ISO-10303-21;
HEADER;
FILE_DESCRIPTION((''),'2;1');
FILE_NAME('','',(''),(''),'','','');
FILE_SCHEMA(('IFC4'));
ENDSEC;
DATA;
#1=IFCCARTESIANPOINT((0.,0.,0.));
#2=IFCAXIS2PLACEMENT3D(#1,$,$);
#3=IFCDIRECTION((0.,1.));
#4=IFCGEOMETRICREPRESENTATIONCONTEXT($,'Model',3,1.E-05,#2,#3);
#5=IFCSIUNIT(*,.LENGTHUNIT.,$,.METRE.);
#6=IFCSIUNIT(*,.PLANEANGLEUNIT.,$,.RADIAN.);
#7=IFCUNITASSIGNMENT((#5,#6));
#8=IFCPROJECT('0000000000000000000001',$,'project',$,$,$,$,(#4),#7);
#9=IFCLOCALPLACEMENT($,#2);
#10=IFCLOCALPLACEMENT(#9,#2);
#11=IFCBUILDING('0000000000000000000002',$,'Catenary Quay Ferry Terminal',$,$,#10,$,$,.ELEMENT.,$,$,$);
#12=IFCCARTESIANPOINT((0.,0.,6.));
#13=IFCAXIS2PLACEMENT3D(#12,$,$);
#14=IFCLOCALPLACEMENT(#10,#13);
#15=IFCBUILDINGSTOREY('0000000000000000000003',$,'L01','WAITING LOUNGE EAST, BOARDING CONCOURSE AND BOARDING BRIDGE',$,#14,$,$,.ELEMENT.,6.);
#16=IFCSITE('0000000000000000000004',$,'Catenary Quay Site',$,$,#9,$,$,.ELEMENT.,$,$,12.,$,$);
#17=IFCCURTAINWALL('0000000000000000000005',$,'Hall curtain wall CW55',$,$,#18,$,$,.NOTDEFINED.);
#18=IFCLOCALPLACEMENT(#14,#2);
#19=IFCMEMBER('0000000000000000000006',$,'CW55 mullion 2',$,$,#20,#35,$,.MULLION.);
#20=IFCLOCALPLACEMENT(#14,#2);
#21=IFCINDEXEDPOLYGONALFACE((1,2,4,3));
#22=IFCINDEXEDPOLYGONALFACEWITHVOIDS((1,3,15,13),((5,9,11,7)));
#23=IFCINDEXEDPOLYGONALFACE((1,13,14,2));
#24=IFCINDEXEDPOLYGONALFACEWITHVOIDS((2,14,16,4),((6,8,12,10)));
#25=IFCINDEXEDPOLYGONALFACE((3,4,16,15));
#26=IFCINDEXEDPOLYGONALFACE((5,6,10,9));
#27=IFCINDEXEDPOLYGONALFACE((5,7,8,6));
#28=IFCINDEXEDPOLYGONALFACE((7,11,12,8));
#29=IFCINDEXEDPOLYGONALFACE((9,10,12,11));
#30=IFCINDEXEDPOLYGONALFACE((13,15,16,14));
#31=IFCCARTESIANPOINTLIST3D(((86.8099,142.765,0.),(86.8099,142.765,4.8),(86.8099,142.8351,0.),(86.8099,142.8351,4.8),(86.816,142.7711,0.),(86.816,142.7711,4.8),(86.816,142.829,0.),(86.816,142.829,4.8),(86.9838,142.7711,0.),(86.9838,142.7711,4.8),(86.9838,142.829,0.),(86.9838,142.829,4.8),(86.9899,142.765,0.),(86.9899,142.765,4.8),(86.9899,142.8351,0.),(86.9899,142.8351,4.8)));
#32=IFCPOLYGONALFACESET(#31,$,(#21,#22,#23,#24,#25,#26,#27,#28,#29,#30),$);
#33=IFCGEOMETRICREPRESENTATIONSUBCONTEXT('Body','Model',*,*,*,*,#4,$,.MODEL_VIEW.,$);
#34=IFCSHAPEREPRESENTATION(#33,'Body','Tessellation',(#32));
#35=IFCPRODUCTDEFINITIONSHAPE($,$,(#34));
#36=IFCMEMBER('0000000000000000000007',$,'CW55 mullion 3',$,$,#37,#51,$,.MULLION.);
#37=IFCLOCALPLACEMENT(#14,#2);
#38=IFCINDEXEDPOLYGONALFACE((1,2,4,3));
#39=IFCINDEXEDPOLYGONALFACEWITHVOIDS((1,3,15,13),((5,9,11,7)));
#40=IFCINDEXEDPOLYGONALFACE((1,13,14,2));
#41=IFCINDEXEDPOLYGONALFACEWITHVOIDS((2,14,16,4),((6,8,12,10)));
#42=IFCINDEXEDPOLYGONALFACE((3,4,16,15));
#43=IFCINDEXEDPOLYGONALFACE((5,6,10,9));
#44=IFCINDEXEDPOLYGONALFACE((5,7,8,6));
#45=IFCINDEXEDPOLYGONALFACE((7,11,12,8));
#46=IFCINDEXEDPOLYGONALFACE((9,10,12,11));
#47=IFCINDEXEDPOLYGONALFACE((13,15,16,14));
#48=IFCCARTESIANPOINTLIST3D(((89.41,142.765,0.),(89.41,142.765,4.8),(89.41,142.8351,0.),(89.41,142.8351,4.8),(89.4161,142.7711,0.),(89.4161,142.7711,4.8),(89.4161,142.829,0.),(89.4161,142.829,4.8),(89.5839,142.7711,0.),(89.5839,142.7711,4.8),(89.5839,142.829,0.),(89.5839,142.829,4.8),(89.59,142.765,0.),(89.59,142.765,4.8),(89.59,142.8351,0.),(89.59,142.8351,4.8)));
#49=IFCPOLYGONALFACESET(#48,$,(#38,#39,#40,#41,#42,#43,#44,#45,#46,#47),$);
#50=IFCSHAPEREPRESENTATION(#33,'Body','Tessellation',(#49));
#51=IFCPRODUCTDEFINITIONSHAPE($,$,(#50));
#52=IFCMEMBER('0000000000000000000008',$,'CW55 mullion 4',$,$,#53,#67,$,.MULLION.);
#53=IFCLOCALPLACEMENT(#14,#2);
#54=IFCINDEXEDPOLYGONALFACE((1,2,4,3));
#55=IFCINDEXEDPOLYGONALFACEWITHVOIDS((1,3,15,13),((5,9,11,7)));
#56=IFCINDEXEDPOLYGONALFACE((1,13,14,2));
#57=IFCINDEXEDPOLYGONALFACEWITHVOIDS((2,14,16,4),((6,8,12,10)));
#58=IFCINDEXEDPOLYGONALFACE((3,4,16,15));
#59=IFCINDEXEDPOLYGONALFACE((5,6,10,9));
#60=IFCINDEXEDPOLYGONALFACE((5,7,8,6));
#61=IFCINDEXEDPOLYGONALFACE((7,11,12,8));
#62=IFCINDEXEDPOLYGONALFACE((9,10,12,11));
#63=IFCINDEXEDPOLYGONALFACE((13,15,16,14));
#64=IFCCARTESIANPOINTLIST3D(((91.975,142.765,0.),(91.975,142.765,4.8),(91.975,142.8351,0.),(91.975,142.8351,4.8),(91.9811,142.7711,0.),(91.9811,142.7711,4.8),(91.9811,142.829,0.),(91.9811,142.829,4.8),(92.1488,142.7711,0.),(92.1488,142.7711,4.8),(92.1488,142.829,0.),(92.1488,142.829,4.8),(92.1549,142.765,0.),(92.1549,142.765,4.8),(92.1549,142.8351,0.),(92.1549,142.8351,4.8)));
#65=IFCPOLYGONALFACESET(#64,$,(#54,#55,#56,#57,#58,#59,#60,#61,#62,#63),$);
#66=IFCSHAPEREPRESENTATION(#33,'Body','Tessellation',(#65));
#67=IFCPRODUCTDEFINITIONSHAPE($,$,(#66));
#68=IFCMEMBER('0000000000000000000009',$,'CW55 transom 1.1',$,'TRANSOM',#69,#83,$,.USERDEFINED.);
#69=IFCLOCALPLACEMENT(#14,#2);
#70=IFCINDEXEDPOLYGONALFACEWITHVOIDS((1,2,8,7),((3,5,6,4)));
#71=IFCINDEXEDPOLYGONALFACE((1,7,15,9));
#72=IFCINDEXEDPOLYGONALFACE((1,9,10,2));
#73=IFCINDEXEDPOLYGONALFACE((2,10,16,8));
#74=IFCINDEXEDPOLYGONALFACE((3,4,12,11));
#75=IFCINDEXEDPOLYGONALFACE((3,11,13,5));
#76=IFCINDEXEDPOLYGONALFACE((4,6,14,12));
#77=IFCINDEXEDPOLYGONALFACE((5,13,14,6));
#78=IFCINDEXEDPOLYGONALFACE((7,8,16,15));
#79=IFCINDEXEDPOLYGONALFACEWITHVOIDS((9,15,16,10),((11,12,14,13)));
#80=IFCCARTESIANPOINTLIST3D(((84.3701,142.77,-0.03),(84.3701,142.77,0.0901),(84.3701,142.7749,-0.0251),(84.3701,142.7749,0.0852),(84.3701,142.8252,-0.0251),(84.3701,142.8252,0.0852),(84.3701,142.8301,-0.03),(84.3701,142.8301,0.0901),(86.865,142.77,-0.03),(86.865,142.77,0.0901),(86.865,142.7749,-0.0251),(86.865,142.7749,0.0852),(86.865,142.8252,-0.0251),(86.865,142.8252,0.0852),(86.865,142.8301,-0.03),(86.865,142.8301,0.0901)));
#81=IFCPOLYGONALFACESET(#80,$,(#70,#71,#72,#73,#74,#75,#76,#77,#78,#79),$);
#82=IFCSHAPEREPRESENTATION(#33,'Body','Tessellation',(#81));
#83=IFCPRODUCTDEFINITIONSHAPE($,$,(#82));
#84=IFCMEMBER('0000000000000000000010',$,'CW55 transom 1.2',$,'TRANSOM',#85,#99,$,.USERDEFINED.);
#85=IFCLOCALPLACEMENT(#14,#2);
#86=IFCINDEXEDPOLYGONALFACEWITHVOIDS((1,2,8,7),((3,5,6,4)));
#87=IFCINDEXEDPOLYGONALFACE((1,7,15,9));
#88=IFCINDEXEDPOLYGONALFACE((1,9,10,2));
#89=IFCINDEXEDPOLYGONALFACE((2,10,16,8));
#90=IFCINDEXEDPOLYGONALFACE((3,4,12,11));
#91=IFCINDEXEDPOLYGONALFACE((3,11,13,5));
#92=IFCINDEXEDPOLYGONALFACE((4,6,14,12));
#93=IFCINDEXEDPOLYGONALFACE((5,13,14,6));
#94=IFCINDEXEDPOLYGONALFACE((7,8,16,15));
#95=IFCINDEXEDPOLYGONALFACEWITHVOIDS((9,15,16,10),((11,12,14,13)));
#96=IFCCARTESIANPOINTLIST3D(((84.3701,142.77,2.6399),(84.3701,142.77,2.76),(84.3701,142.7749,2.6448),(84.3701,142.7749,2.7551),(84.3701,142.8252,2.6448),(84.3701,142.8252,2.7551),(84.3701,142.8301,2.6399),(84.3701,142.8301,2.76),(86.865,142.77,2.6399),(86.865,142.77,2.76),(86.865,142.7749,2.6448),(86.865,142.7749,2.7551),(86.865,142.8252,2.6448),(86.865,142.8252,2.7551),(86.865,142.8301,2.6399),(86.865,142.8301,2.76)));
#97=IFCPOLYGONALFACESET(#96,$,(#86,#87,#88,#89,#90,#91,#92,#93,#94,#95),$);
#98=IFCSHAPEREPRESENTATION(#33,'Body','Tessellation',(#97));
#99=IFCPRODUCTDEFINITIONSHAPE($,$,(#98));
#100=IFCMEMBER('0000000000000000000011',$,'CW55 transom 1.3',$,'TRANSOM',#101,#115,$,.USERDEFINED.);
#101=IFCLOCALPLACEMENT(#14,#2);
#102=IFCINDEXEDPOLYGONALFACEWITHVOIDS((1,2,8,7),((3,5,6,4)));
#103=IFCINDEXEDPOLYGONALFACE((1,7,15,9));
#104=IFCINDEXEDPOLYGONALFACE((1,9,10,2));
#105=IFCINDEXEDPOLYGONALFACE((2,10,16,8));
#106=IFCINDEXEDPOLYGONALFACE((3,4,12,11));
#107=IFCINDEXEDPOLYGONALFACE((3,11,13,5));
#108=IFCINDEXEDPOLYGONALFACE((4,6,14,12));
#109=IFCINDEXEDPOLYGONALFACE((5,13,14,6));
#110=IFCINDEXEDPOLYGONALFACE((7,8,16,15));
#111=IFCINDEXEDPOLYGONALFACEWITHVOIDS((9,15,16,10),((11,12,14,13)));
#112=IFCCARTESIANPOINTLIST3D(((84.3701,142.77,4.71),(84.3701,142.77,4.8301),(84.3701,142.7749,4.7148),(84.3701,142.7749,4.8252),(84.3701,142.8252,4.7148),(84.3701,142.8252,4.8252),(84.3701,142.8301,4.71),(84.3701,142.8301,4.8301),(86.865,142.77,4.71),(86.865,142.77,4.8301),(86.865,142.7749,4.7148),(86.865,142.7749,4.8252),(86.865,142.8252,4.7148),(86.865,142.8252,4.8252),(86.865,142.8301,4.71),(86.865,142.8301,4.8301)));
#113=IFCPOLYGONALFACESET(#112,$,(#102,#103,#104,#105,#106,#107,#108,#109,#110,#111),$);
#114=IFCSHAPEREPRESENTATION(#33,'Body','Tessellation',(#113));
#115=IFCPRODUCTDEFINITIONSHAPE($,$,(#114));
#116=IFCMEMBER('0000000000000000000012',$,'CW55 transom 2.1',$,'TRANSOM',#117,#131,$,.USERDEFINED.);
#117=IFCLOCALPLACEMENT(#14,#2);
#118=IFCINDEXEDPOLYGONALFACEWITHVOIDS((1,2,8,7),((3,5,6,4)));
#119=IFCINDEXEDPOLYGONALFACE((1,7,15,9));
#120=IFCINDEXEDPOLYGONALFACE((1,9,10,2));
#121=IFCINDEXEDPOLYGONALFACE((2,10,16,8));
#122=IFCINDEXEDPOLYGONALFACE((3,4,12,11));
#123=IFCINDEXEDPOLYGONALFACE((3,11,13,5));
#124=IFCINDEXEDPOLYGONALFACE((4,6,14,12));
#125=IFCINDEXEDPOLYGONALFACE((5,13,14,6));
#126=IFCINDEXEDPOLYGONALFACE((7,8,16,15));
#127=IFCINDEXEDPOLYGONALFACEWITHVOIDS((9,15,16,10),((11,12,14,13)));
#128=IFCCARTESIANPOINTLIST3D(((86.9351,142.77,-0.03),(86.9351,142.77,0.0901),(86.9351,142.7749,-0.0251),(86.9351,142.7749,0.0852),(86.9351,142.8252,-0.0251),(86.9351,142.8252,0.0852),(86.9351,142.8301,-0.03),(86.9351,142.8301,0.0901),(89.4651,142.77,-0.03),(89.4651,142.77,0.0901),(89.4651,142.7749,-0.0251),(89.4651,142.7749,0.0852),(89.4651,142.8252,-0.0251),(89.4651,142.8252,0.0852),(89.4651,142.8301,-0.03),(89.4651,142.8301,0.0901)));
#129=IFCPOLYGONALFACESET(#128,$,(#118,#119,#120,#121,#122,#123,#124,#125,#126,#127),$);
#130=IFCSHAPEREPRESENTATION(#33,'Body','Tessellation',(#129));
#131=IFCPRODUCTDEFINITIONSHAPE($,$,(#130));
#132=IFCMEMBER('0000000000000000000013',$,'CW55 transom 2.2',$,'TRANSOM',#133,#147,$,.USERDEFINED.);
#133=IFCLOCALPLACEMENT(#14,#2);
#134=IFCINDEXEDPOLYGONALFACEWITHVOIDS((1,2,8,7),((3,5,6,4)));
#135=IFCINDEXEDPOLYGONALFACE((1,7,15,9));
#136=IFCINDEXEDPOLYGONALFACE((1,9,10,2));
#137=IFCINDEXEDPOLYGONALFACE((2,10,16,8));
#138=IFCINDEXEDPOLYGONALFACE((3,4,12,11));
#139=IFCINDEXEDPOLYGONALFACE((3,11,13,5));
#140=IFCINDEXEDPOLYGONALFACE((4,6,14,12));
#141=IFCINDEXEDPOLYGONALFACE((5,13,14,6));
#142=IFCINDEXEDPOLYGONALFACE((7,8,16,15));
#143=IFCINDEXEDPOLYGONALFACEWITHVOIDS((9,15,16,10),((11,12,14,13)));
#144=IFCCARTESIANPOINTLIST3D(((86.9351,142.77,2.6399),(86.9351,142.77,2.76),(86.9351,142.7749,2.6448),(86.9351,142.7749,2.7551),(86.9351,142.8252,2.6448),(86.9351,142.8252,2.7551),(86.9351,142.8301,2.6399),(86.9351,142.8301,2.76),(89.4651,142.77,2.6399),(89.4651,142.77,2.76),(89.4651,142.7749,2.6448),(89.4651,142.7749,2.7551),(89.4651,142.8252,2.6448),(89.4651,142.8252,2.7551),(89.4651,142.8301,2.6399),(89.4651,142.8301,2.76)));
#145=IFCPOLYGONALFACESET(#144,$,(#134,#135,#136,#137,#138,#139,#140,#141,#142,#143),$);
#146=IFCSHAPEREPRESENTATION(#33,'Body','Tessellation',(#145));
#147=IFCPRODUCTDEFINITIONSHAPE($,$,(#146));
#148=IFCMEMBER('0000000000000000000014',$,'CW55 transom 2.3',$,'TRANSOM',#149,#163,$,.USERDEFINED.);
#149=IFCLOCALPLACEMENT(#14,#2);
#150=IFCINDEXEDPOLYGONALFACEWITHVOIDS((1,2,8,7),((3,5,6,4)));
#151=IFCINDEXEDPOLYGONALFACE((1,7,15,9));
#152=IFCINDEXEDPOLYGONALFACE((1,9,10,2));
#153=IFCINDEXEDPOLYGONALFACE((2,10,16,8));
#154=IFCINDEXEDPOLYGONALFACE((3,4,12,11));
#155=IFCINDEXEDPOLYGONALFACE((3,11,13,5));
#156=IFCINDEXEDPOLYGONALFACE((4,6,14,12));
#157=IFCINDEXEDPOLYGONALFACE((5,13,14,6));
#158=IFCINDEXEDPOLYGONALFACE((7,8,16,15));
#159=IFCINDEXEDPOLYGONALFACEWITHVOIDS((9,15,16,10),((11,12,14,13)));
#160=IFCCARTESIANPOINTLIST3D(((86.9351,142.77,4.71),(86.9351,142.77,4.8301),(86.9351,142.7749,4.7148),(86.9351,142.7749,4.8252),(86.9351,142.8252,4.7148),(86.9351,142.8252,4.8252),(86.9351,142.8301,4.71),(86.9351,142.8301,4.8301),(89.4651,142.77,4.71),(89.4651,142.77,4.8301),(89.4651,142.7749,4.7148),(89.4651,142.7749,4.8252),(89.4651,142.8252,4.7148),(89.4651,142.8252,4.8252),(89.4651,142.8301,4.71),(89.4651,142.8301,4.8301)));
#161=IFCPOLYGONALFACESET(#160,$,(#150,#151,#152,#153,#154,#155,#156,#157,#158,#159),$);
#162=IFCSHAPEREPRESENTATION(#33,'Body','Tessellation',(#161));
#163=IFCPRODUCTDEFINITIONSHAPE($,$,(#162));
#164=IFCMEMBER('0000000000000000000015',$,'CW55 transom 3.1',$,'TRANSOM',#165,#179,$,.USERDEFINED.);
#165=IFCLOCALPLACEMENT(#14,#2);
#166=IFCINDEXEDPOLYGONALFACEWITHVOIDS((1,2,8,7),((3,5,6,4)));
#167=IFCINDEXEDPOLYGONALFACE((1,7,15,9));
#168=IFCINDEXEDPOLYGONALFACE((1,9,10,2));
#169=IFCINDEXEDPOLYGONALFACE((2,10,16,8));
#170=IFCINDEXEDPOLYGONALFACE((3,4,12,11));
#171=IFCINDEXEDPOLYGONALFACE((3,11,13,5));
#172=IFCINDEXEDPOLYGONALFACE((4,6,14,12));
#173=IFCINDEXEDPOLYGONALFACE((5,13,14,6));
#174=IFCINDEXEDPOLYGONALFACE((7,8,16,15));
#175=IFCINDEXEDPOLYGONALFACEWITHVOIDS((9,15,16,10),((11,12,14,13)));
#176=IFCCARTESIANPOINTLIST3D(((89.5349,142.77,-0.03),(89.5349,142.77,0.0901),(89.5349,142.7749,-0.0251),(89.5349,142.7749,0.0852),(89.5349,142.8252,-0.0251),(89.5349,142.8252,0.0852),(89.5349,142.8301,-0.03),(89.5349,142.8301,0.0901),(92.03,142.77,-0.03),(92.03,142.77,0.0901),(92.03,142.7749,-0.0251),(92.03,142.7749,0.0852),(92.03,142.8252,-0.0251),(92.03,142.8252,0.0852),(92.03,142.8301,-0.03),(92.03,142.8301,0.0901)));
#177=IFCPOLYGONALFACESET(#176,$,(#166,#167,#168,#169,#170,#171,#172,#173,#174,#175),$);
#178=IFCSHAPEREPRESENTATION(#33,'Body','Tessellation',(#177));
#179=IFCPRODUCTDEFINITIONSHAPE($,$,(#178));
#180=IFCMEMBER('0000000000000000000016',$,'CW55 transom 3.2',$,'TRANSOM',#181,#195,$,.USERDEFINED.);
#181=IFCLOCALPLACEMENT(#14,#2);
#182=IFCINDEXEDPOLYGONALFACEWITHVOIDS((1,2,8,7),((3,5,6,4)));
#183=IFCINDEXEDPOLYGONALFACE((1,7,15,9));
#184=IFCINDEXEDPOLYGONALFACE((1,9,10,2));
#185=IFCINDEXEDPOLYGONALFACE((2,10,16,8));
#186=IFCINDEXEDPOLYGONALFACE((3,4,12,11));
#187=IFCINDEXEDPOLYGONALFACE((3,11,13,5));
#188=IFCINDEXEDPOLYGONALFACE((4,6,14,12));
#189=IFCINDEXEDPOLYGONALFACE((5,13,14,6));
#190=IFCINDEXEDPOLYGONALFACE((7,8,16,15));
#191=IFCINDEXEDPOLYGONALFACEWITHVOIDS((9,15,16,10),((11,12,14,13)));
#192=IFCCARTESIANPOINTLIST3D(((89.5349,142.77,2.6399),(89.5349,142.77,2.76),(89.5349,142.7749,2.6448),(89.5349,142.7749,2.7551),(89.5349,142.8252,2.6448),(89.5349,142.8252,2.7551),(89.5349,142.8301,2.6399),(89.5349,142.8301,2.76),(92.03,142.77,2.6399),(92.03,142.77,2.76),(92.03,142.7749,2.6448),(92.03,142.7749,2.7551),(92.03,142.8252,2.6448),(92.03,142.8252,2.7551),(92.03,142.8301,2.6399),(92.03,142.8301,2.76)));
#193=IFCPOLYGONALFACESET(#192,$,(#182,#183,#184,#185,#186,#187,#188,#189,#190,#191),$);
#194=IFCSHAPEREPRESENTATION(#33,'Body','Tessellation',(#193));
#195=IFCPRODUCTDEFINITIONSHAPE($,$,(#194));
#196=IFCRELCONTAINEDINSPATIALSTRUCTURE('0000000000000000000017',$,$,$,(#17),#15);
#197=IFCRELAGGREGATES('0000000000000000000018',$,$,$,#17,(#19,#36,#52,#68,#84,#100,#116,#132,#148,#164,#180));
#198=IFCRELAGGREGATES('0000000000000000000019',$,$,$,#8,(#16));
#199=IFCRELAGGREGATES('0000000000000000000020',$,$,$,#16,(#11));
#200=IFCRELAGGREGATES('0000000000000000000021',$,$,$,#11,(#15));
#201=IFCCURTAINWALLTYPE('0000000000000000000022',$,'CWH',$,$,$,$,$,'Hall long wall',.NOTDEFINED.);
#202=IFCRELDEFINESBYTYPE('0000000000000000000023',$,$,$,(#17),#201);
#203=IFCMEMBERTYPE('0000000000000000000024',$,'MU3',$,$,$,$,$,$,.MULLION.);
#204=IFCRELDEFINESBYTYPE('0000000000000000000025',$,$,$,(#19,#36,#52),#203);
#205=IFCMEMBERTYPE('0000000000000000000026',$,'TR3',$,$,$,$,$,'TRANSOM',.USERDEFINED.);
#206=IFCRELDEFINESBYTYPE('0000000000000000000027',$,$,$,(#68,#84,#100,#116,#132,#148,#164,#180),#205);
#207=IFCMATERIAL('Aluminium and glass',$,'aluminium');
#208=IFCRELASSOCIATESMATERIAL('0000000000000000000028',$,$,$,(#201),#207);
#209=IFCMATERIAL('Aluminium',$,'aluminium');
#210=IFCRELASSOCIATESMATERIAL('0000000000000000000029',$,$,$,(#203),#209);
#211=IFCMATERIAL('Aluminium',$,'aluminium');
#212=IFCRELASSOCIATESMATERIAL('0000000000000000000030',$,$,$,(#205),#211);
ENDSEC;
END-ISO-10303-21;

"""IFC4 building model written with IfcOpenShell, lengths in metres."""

from ifc_helpers import new_model, si_unit, direction, frame, origin, origin_2d, place, context, subcontext, project, spatial, hollow_rectangle, extrude, material, material_profile, profile_set, type_object, element, aggregate, save


model = new_model("IFC4")

# Units and contexts
model_context = context("Model", 3, precision=1e-05, world=origin(), true_north=direction((0.0, 1.0)))
body_context = subcontext(model_context, "Body", "Model", "MODEL_VIEW")
ifc_project = project(units=[si_unit("LENGTHUNIT", "METRE"), si_unit("PLANEANGLEUNIT", "RADIAN")], contexts=[model_context])

# Site, building, storey
site_placement = place(None, origin())
site = spatial("IfcSite", under=ifc_project, at=site_placement, Name="Catenary Quay Site", CompositionType="ELEMENT", RefElevation=12.0)
building_placement = place(site_placement, origin())
building = spatial("IfcBuilding", under=site, at=building_placement, Name="Catenary Quay Ferry Terminal", CompositionType="ELEMENT")
storey_placement = place(building_placement, frame((0.0, 0.0, 6.0)))
storey = spatial("IfcBuildingStorey", under=building, at=storey_placement, Name="L01", Description="WAITING LOUNGE EAST, BOARDING CONCOURSE AND BOARDING BRIDGE", CompositionType="ELEMENT", Elevation=6.0)

# Shared definitions
ifc_material_1 = material(Name="Aluminium and glass", Category="aluminium")
curtain_wall_type = type_object("IfcCurtainWallType", Name="CWH", ElementType="Hall long wall", PredefinedType="NOTDEFINED", material=ifc_material_1)
ifc_material_2 = material(Name="Aluminium", Category="aluminium")
ifc_material_profile_1 = material_profile(ifc_material_2, hollow_rectangle(XDim=0.0701, YDim=0.1799, WallThickness=0.0061, at=origin_2d()), Name="MU3")
ifc_profile_set_1 = profile_set([ifc_material_profile_1], Name="Aluminium")
member_type_1 = type_object("IfcMemberType", Name="MU3", PredefinedType="MULLION", material=ifc_profile_set_1)

# Curtain wall, members
curtain_wall_1_placement = place(storey_placement, origin())
curtain_wall_1 = element("IfcCurtainWall", 1, at=curtain_wall_1_placement, inside=storey, type_object=curtain_wall_type, Name="Hall curtain wall CW55", PredefinedType="NOTDEFINED")
member_1_placement = place(storey_placement, frame((86.8999, 142.8, 0.0), z_axis=(0.0, 0.0, 1.0), x_axis=(0.0, 1.0, 0.0)))
member_1 = element("IfcMember", 2, at=member_1_placement, type_object=member_type_1, Name="CW55 mullion 2", PredefinedType="MULLION", context=body_context, shape_type="SweptSolid", body=[
    extrude(hollow_rectangle(XDim=0.0701, YDim=0.1799, WallThickness=0.0061, at=origin_2d()), origin(), (0.0, 0.0, 1.0), 4.8),
])
member_2_placement = place(storey_placement, frame((89.5, 142.8, 0.0), z_axis=(0.0, 0.0, 1.0), x_axis=(0.0, 1.0, 0.0)))
member_2 = element("IfcMember", 3, at=member_2_placement, type_object=member_type_1, Name="CW55 mullion 3", PredefinedType="MULLION", context=body_context, shape_type="SweptSolid", body=[
    extrude(hollow_rectangle(XDim=0.0701, YDim=0.1799, WallThickness=0.0061, at=origin_2d()), origin(), (0.0, 0.0, 1.0), 4.8),
])
member_3_placement = place(storey_placement, frame((92.0649, 142.8, 0.0), z_axis=(0.0, 0.0, 1.0), x_axis=(0.0, 1.0, 0.0)))
member_3 = element("IfcMember", 4, at=member_3_placement, type_object=member_type_1, Name="CW55 mullion 4", PredefinedType="MULLION", context=body_context, shape_type="SweptSolid", body=[
    extrude(hollow_rectangle(XDim=0.0701, YDim=0.1799, WallThickness=0.0061, at=origin_2d()), origin(), (0.0, 0.0, 1.0), 4.8),
])
ifc_material_3 = material(Name="Aluminium", Category="aluminium")
ifc_material_profile_2 = material_profile(ifc_material_3, hollow_rectangle(XDim=0.0601, YDim=0.1201, WallThickness=0.0049, at=origin_2d()), Name="TR3")
ifc_profile_set_2 = profile_set([ifc_material_profile_2], Name="Aluminium")
member_type_2 = type_object("IfcMemberType", Name="TR3", ElementType="TRANSOM", PredefinedType="USERDEFINED", material=ifc_profile_set_2)
member_4_placement = place(storey_placement, frame((84.3701, 142.8, 0.03), z_axis=(1.0, 0.0, 0.0), x_axis=(0.0, 1.0, 0.0)))
member_4 = element("IfcMember", 5, at=member_4_placement, type_object=member_type_2, Name="CW55 transom 1.1", ObjectType="TRANSOM", PredefinedType="USERDEFINED", context=body_context, shape_type="SweptSolid", body=[
    extrude(hollow_rectangle(XDim=0.0601, YDim=0.1201, WallThickness=0.0049, at=origin_2d()), origin(), (0.0, 0.0, 1.0), 2.4949),
])
member_5_placement = place(storey_placement, frame((84.3701, 142.8, 2.7), z_axis=(1.0, 0.0, 0.0), x_axis=(0.0, 1.0, 0.0)))
member_5 = element("IfcMember", 6, at=member_5_placement, type_object=member_type_2, Name="CW55 transom 1.2", ObjectType="TRANSOM", PredefinedType="USERDEFINED", context=body_context, shape_type="SweptSolid", body=[
    extrude(hollow_rectangle(XDim=0.0601, YDim=0.1201, WallThickness=0.0049, at=origin_2d()), origin(), (0.0, 0.0, 1.0), 2.4949),
])
member_6_placement = place(storey_placement, frame((84.3701, 142.8, 4.77), z_axis=(1.0, 0.0, 0.0), x_axis=(0.0, 1.0, 0.0)))
member_6 = element("IfcMember", 7, at=member_6_placement, type_object=member_type_2, Name="CW55 transom 1.3", ObjectType="TRANSOM", PredefinedType="USERDEFINED", context=body_context, shape_type="SweptSolid", body=[
    extrude(hollow_rectangle(XDim=0.0601, YDim=0.1201, WallThickness=0.0049, at=origin_2d()), origin(), (0.0, 0.0, 1.0), 2.4949),
])
member_7_placement = place(storey_placement, frame((86.9351, 142.8, 0.03), z_axis=(1.0, 0.0, 0.0), x_axis=(0.0, 1.0, 0.0)))
member_7 = element("IfcMember", 8, at=member_7_placement, type_object=member_type_2, Name="CW55 transom 2.1", ObjectType="TRANSOM", PredefinedType="USERDEFINED", context=body_context, shape_type="SweptSolid", body=[
    extrude(hollow_rectangle(XDim=0.0601, YDim=0.1201, WallThickness=0.0049, at=origin_2d()), origin(), (0.0, 0.0, 1.0), 2.53),
])
member_8_placement = place(storey_placement, frame((86.9351, 142.8, 2.7), z_axis=(1.0, 0.0, 0.0), x_axis=(0.0, 1.0, 0.0)))
member_8 = element("IfcMember", 9, at=member_8_placement, type_object=member_type_2, Name="CW55 transom 2.2", ObjectType="TRANSOM", PredefinedType="USERDEFINED", context=body_context, shape_type="SweptSolid", body=[
    extrude(hollow_rectangle(XDim=0.0601, YDim=0.1201, WallThickness=0.0049, at=origin_2d()), origin(), (0.0, 0.0, 1.0), 2.53),
])
member_9_placement = place(storey_placement, frame((86.9351, 142.8, 4.77), z_axis=(1.0, 0.0, 0.0), x_axis=(0.0, 1.0, 0.0)))
member_9 = element("IfcMember", 10, at=member_9_placement, type_object=member_type_2, Name="CW55 transom 2.3", ObjectType="TRANSOM", PredefinedType="USERDEFINED", context=body_context, shape_type="SweptSolid", body=[
    extrude(hollow_rectangle(XDim=0.0601, YDim=0.1201, WallThickness=0.0049, at=origin_2d()), origin(), (0.0, 0.0, 1.0), 2.53),
])
member_10_placement = place(storey_placement, frame((89.5349, 142.8, 0.03), z_axis=(1.0, 0.0, 0.0), x_axis=(0.0, 1.0, 0.0)))
member_10 = element("IfcMember", 11, at=member_10_placement, type_object=member_type_2, Name="CW55 transom 3.1", ObjectType="TRANSOM", PredefinedType="USERDEFINED", context=body_context, shape_type="SweptSolid", body=[
    extrude(hollow_rectangle(XDim=0.0601, YDim=0.1201, WallThickness=0.0049, at=origin_2d()), origin(), (0.0, 0.0, 1.0), 2.4951),
])
member_11_placement = place(storey_placement, frame((89.5349, 142.8, 2.7), z_axis=(1.0, 0.0, 0.0), x_axis=(0.0, 1.0, 0.0)))
member_11 = element("IfcMember", 12, at=member_11_placement, type_object=member_type_2, Name="CW55 transom 3.2", ObjectType="TRANSOM", PredefinedType="USERDEFINED", context=body_context, shape_type="SweptSolid", body=[
    extrude(hollow_rectangle(XDim=0.0601, YDim=0.1201, WallThickness=0.0049, at=origin_2d()), origin(), (0.0, 0.0, 1.0), 2.4951),
])

aggregate(curtain_wall_1, [member_1, member_2, member_3, member_4, member_5, member_6, member_7, member_8, member_9, member_10, member_11])

save(model, "model.ifc")
